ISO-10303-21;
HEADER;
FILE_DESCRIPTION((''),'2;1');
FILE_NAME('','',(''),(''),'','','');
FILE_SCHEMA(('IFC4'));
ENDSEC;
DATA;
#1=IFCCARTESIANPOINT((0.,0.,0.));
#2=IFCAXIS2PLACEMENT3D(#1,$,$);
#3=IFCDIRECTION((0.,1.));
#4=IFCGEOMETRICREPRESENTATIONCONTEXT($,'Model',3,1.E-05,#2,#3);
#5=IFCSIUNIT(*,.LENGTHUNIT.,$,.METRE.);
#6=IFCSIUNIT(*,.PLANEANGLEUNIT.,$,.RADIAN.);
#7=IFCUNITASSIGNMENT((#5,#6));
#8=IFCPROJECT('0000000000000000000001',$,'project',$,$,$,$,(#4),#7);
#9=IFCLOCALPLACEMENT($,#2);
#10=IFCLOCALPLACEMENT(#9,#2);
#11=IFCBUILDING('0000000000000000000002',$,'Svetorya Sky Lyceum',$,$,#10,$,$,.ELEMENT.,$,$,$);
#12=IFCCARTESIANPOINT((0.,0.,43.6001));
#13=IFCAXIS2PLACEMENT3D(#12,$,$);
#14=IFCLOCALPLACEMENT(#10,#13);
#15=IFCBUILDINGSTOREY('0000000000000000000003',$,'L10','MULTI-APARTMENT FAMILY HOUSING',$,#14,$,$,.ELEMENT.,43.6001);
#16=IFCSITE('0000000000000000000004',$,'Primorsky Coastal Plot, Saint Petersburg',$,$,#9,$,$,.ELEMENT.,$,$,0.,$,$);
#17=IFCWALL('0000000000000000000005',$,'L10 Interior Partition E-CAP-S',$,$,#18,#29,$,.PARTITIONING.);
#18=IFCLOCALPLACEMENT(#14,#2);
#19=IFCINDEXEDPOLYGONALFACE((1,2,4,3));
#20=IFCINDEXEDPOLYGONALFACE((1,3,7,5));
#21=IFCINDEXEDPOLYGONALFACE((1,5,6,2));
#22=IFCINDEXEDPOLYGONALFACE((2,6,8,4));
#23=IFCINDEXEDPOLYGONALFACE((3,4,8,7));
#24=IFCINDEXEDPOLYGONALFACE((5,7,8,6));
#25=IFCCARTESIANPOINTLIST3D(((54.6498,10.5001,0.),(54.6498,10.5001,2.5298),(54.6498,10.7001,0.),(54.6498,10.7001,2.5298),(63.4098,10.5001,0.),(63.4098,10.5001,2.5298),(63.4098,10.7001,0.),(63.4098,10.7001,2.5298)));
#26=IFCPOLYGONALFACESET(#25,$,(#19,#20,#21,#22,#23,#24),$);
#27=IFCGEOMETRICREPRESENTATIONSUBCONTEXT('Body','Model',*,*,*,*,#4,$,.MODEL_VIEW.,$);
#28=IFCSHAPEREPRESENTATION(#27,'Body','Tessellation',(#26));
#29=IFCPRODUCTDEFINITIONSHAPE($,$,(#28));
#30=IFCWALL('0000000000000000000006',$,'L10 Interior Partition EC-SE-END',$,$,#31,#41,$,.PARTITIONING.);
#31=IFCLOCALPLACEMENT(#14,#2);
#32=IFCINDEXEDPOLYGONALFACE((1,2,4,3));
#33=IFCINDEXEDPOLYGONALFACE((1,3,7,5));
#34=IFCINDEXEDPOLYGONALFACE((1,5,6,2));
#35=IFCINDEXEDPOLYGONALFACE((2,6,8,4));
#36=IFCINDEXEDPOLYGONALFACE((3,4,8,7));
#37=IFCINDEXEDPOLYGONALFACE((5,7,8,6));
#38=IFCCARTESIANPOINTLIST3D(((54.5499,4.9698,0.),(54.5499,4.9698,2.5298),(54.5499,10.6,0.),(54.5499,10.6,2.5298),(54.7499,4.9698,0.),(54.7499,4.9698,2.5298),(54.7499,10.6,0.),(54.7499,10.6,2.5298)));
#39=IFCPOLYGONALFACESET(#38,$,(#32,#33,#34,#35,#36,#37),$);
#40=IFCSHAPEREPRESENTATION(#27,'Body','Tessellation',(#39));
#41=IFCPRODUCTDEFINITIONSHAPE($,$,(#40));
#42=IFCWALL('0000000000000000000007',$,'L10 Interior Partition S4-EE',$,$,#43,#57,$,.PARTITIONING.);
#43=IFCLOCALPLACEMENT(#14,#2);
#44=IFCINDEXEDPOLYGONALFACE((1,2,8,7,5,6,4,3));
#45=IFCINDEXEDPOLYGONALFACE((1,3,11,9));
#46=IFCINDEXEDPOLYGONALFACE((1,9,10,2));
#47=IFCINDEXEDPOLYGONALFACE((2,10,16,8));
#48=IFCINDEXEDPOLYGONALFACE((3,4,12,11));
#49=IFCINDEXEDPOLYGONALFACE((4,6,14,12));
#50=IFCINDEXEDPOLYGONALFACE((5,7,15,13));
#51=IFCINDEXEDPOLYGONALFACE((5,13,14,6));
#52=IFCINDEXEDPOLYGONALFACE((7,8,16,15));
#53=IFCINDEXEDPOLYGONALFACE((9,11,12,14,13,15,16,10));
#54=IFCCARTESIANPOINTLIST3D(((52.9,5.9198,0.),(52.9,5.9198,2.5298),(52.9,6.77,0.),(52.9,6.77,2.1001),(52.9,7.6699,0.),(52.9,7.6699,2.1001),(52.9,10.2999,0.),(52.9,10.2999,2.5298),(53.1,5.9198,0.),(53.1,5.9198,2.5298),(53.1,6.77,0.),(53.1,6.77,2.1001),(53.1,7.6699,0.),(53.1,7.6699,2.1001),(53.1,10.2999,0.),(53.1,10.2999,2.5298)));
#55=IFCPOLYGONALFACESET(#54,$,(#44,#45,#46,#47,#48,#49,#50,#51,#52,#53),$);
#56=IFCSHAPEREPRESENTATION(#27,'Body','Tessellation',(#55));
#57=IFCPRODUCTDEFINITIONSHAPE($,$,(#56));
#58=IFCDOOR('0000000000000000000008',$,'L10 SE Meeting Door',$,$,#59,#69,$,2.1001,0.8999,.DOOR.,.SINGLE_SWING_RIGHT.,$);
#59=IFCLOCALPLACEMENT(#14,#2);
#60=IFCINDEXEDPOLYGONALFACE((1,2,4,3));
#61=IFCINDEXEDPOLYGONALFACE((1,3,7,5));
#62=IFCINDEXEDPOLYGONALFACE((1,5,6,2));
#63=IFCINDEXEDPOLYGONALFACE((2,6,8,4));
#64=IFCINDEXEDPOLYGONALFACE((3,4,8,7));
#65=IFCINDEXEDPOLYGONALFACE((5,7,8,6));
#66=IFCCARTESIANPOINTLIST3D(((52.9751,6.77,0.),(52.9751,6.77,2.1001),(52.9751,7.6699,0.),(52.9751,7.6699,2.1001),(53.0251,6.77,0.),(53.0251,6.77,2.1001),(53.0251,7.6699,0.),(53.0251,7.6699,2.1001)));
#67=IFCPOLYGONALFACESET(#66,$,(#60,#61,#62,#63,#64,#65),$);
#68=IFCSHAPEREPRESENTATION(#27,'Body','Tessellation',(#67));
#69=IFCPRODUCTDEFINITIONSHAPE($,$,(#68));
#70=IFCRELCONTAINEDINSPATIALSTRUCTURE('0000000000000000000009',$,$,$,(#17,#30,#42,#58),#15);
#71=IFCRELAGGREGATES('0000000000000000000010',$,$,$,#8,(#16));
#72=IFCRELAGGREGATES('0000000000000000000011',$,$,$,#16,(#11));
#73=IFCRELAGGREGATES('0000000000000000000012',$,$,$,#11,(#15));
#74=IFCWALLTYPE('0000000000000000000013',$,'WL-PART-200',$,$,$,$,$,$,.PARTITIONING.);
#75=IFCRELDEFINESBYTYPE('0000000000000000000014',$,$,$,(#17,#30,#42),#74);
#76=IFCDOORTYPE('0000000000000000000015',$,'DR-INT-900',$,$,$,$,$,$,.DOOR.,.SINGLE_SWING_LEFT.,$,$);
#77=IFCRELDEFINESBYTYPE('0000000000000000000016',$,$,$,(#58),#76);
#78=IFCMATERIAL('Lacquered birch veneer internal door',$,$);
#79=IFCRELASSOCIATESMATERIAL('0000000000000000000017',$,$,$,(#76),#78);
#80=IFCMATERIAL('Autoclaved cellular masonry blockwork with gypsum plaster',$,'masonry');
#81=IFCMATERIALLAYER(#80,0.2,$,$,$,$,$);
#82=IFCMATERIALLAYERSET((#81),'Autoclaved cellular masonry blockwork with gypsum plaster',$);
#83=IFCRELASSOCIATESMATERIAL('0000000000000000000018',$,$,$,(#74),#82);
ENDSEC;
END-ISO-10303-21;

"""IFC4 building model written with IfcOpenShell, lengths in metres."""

from ifc_helpers import new_model, si_unit, direction, frame, frame_2d, origin, place, context, subcontext, project, spatial, rectangle, extrude, material, layer, layer_set, type_object, element, fill, save


model = new_model("IFC4")

# Units and contexts
model_context = context("Model", 3, precision=1e-05, world=origin(), true_north=direction((0.0, 1.0)))
body_context = subcontext(model_context, "Body", "Model", "MODEL_VIEW")
ifc_project = project(units=[si_unit("LENGTHUNIT", "METRE"), si_unit("PLANEANGLEUNIT", "RADIAN")], contexts=[model_context])

# Site, building, storey
site_placement = place(None, origin())
site = spatial("IfcSite", under=ifc_project, at=site_placement, Name="Primorsky Coastal Plot, Saint Petersburg", CompositionType="ELEMENT", RefElevation=0.0)
building_placement = place(site_placement, origin())
building = spatial("IfcBuilding", under=site, at=building_placement, Name="Svetorya Sky Lyceum", CompositionType="ELEMENT")
storey_placement = place(building_placement, frame((0.0, 0.0, 43.6001)))
storey = spatial("IfcBuildingStorey", under=building, at=storey_placement, Name="L10", Description="MULTI-APARTMENT FAMILY HOUSING", CompositionType="ELEMENT", Elevation=43.6001)

# Shared definitions
ifc_material_1 = material(Name="Lacquered birch veneer internal door")
door_type_1 = type_object("IfcDoorType", Name="DR-INT-900", OperationType="SINGLE_SWING_LEFT", PredefinedType="DOOR", material=ifc_material_1)
ifc_material_2 = material(Name="Autoclaved cellular masonry blockwork with gypsum plaster", Category="masonry")
ifc_layer_1 = layer(ifc_material_2, 0.2)
ifc_layer_set_1 = layer_set([ifc_layer_1], Name="Autoclaved cellular masonry blockwork with gypsum plaster")
wall_type_1 = type_object("IfcWallType", Name="WL-PART-200", PredefinedType="PARTITIONING", material=ifc_layer_set_1)

# Walls
wall_1_placement = place(storey_placement, frame((54.6499, 10.6001, 0.0), z_axis=(0.0, 0.0, 1.0), x_axis=(1.0, 0.0, 0.0)))
element("IfcWall", 1, at=wall_1_placement, inside=storey, type_object=wall_type_1, Name="L10 Interior Partition E-CAP-S", PredefinedType="PARTITIONING", context=body_context, shape_type="SweptSolid", body=[
    extrude(rectangle(XDim=8.76, YDim=0.2, at=frame_2d((4.3799, 0.0))), origin(), (0.0, 0.0, 1.0), 2.5298),
])
wall_2_placement = place(storey_placement, frame((54.6499, 4.97, 0.0), z_axis=(0.0, 0.0, 1.0), x_axis=(0.0, 1.0, 0.0)))
element("IfcWall", 2, at=wall_2_placement, inside=storey, type_object=wall_type_1, Name="L10 Interior Partition EC-SE-END", PredefinedType="PARTITIONING", context=body_context, shape_type="SweptSolid", body=[
    extrude(rectangle(XDim=5.6301, YDim=0.2, at=frame_2d((2.8149, 0.0))), origin(), (0.0, 0.0, 1.0), 2.5298),
])

# Wall, opening, door
wall_3_placement = place(storey_placement, frame((53.0, 5.9199, 0.0), z_axis=(0.0, 0.0, 1.0), x_axis=(0.0, 1.0, 0.0)))
wall_3 = element("IfcWall", 3, at=wall_3_placement, inside=storey, type_object=wall_type_1, Name="L10 Interior Partition S4-EE", PredefinedType="PARTITIONING", context=body_context, shape_type="SweptSolid", body=[
    extrude(rectangle(XDim=4.3801, YDim=0.2, at=frame_2d((2.1899, 0.0))), origin(), (0.0, 0.0, 1.0), 2.5298),
])
opening_1_placement = place(wall_3_placement, frame((0.8501, 0.0, 0.0)))
opening_1 = element("IfcOpeningElement", 4, at=opening_1_placement, cuts=wall_3, PredefinedType="OPENING", context=body_context, shape_type="SweptSolid", body=[
    extrude(rectangle(XDim=0.8999, YDim=2.1001, at=frame_2d((0.45, 1.05))), frame((0.0, 0.1099, 0.0), z_axis=(0.0, -1.0, 0.0), x_axis=(1.0, 0.0, 0.0)), (0.0, 0.0, 1.0), 0.22),
])
door_1_placement = place(opening_1_placement, origin())
door_1 = element("IfcDoor", 5, at=door_1_placement, inside=storey, type_object=door_type_1, Name="L10 SE Meeting Door", OperationType="SINGLE_SWING_RIGHT", OverallHeight=2.1001, OverallWidth=0.8999, PredefinedType="DOOR", context=body_context, shape_type="SweptSolid", body=[
    extrude(rectangle(XDim=0.8999, YDim=2.1001, at=frame_2d((0.45, 1.05))), frame((0.0, 0.0249, 0.0), z_axis=(0.0, -1.0, 0.0), x_axis=(1.0, 0.0, 0.0)), (0.0, 0.0, 1.0), 0.05),
])
fill(opening_1, door_1)

save(model, "model.ifc")
